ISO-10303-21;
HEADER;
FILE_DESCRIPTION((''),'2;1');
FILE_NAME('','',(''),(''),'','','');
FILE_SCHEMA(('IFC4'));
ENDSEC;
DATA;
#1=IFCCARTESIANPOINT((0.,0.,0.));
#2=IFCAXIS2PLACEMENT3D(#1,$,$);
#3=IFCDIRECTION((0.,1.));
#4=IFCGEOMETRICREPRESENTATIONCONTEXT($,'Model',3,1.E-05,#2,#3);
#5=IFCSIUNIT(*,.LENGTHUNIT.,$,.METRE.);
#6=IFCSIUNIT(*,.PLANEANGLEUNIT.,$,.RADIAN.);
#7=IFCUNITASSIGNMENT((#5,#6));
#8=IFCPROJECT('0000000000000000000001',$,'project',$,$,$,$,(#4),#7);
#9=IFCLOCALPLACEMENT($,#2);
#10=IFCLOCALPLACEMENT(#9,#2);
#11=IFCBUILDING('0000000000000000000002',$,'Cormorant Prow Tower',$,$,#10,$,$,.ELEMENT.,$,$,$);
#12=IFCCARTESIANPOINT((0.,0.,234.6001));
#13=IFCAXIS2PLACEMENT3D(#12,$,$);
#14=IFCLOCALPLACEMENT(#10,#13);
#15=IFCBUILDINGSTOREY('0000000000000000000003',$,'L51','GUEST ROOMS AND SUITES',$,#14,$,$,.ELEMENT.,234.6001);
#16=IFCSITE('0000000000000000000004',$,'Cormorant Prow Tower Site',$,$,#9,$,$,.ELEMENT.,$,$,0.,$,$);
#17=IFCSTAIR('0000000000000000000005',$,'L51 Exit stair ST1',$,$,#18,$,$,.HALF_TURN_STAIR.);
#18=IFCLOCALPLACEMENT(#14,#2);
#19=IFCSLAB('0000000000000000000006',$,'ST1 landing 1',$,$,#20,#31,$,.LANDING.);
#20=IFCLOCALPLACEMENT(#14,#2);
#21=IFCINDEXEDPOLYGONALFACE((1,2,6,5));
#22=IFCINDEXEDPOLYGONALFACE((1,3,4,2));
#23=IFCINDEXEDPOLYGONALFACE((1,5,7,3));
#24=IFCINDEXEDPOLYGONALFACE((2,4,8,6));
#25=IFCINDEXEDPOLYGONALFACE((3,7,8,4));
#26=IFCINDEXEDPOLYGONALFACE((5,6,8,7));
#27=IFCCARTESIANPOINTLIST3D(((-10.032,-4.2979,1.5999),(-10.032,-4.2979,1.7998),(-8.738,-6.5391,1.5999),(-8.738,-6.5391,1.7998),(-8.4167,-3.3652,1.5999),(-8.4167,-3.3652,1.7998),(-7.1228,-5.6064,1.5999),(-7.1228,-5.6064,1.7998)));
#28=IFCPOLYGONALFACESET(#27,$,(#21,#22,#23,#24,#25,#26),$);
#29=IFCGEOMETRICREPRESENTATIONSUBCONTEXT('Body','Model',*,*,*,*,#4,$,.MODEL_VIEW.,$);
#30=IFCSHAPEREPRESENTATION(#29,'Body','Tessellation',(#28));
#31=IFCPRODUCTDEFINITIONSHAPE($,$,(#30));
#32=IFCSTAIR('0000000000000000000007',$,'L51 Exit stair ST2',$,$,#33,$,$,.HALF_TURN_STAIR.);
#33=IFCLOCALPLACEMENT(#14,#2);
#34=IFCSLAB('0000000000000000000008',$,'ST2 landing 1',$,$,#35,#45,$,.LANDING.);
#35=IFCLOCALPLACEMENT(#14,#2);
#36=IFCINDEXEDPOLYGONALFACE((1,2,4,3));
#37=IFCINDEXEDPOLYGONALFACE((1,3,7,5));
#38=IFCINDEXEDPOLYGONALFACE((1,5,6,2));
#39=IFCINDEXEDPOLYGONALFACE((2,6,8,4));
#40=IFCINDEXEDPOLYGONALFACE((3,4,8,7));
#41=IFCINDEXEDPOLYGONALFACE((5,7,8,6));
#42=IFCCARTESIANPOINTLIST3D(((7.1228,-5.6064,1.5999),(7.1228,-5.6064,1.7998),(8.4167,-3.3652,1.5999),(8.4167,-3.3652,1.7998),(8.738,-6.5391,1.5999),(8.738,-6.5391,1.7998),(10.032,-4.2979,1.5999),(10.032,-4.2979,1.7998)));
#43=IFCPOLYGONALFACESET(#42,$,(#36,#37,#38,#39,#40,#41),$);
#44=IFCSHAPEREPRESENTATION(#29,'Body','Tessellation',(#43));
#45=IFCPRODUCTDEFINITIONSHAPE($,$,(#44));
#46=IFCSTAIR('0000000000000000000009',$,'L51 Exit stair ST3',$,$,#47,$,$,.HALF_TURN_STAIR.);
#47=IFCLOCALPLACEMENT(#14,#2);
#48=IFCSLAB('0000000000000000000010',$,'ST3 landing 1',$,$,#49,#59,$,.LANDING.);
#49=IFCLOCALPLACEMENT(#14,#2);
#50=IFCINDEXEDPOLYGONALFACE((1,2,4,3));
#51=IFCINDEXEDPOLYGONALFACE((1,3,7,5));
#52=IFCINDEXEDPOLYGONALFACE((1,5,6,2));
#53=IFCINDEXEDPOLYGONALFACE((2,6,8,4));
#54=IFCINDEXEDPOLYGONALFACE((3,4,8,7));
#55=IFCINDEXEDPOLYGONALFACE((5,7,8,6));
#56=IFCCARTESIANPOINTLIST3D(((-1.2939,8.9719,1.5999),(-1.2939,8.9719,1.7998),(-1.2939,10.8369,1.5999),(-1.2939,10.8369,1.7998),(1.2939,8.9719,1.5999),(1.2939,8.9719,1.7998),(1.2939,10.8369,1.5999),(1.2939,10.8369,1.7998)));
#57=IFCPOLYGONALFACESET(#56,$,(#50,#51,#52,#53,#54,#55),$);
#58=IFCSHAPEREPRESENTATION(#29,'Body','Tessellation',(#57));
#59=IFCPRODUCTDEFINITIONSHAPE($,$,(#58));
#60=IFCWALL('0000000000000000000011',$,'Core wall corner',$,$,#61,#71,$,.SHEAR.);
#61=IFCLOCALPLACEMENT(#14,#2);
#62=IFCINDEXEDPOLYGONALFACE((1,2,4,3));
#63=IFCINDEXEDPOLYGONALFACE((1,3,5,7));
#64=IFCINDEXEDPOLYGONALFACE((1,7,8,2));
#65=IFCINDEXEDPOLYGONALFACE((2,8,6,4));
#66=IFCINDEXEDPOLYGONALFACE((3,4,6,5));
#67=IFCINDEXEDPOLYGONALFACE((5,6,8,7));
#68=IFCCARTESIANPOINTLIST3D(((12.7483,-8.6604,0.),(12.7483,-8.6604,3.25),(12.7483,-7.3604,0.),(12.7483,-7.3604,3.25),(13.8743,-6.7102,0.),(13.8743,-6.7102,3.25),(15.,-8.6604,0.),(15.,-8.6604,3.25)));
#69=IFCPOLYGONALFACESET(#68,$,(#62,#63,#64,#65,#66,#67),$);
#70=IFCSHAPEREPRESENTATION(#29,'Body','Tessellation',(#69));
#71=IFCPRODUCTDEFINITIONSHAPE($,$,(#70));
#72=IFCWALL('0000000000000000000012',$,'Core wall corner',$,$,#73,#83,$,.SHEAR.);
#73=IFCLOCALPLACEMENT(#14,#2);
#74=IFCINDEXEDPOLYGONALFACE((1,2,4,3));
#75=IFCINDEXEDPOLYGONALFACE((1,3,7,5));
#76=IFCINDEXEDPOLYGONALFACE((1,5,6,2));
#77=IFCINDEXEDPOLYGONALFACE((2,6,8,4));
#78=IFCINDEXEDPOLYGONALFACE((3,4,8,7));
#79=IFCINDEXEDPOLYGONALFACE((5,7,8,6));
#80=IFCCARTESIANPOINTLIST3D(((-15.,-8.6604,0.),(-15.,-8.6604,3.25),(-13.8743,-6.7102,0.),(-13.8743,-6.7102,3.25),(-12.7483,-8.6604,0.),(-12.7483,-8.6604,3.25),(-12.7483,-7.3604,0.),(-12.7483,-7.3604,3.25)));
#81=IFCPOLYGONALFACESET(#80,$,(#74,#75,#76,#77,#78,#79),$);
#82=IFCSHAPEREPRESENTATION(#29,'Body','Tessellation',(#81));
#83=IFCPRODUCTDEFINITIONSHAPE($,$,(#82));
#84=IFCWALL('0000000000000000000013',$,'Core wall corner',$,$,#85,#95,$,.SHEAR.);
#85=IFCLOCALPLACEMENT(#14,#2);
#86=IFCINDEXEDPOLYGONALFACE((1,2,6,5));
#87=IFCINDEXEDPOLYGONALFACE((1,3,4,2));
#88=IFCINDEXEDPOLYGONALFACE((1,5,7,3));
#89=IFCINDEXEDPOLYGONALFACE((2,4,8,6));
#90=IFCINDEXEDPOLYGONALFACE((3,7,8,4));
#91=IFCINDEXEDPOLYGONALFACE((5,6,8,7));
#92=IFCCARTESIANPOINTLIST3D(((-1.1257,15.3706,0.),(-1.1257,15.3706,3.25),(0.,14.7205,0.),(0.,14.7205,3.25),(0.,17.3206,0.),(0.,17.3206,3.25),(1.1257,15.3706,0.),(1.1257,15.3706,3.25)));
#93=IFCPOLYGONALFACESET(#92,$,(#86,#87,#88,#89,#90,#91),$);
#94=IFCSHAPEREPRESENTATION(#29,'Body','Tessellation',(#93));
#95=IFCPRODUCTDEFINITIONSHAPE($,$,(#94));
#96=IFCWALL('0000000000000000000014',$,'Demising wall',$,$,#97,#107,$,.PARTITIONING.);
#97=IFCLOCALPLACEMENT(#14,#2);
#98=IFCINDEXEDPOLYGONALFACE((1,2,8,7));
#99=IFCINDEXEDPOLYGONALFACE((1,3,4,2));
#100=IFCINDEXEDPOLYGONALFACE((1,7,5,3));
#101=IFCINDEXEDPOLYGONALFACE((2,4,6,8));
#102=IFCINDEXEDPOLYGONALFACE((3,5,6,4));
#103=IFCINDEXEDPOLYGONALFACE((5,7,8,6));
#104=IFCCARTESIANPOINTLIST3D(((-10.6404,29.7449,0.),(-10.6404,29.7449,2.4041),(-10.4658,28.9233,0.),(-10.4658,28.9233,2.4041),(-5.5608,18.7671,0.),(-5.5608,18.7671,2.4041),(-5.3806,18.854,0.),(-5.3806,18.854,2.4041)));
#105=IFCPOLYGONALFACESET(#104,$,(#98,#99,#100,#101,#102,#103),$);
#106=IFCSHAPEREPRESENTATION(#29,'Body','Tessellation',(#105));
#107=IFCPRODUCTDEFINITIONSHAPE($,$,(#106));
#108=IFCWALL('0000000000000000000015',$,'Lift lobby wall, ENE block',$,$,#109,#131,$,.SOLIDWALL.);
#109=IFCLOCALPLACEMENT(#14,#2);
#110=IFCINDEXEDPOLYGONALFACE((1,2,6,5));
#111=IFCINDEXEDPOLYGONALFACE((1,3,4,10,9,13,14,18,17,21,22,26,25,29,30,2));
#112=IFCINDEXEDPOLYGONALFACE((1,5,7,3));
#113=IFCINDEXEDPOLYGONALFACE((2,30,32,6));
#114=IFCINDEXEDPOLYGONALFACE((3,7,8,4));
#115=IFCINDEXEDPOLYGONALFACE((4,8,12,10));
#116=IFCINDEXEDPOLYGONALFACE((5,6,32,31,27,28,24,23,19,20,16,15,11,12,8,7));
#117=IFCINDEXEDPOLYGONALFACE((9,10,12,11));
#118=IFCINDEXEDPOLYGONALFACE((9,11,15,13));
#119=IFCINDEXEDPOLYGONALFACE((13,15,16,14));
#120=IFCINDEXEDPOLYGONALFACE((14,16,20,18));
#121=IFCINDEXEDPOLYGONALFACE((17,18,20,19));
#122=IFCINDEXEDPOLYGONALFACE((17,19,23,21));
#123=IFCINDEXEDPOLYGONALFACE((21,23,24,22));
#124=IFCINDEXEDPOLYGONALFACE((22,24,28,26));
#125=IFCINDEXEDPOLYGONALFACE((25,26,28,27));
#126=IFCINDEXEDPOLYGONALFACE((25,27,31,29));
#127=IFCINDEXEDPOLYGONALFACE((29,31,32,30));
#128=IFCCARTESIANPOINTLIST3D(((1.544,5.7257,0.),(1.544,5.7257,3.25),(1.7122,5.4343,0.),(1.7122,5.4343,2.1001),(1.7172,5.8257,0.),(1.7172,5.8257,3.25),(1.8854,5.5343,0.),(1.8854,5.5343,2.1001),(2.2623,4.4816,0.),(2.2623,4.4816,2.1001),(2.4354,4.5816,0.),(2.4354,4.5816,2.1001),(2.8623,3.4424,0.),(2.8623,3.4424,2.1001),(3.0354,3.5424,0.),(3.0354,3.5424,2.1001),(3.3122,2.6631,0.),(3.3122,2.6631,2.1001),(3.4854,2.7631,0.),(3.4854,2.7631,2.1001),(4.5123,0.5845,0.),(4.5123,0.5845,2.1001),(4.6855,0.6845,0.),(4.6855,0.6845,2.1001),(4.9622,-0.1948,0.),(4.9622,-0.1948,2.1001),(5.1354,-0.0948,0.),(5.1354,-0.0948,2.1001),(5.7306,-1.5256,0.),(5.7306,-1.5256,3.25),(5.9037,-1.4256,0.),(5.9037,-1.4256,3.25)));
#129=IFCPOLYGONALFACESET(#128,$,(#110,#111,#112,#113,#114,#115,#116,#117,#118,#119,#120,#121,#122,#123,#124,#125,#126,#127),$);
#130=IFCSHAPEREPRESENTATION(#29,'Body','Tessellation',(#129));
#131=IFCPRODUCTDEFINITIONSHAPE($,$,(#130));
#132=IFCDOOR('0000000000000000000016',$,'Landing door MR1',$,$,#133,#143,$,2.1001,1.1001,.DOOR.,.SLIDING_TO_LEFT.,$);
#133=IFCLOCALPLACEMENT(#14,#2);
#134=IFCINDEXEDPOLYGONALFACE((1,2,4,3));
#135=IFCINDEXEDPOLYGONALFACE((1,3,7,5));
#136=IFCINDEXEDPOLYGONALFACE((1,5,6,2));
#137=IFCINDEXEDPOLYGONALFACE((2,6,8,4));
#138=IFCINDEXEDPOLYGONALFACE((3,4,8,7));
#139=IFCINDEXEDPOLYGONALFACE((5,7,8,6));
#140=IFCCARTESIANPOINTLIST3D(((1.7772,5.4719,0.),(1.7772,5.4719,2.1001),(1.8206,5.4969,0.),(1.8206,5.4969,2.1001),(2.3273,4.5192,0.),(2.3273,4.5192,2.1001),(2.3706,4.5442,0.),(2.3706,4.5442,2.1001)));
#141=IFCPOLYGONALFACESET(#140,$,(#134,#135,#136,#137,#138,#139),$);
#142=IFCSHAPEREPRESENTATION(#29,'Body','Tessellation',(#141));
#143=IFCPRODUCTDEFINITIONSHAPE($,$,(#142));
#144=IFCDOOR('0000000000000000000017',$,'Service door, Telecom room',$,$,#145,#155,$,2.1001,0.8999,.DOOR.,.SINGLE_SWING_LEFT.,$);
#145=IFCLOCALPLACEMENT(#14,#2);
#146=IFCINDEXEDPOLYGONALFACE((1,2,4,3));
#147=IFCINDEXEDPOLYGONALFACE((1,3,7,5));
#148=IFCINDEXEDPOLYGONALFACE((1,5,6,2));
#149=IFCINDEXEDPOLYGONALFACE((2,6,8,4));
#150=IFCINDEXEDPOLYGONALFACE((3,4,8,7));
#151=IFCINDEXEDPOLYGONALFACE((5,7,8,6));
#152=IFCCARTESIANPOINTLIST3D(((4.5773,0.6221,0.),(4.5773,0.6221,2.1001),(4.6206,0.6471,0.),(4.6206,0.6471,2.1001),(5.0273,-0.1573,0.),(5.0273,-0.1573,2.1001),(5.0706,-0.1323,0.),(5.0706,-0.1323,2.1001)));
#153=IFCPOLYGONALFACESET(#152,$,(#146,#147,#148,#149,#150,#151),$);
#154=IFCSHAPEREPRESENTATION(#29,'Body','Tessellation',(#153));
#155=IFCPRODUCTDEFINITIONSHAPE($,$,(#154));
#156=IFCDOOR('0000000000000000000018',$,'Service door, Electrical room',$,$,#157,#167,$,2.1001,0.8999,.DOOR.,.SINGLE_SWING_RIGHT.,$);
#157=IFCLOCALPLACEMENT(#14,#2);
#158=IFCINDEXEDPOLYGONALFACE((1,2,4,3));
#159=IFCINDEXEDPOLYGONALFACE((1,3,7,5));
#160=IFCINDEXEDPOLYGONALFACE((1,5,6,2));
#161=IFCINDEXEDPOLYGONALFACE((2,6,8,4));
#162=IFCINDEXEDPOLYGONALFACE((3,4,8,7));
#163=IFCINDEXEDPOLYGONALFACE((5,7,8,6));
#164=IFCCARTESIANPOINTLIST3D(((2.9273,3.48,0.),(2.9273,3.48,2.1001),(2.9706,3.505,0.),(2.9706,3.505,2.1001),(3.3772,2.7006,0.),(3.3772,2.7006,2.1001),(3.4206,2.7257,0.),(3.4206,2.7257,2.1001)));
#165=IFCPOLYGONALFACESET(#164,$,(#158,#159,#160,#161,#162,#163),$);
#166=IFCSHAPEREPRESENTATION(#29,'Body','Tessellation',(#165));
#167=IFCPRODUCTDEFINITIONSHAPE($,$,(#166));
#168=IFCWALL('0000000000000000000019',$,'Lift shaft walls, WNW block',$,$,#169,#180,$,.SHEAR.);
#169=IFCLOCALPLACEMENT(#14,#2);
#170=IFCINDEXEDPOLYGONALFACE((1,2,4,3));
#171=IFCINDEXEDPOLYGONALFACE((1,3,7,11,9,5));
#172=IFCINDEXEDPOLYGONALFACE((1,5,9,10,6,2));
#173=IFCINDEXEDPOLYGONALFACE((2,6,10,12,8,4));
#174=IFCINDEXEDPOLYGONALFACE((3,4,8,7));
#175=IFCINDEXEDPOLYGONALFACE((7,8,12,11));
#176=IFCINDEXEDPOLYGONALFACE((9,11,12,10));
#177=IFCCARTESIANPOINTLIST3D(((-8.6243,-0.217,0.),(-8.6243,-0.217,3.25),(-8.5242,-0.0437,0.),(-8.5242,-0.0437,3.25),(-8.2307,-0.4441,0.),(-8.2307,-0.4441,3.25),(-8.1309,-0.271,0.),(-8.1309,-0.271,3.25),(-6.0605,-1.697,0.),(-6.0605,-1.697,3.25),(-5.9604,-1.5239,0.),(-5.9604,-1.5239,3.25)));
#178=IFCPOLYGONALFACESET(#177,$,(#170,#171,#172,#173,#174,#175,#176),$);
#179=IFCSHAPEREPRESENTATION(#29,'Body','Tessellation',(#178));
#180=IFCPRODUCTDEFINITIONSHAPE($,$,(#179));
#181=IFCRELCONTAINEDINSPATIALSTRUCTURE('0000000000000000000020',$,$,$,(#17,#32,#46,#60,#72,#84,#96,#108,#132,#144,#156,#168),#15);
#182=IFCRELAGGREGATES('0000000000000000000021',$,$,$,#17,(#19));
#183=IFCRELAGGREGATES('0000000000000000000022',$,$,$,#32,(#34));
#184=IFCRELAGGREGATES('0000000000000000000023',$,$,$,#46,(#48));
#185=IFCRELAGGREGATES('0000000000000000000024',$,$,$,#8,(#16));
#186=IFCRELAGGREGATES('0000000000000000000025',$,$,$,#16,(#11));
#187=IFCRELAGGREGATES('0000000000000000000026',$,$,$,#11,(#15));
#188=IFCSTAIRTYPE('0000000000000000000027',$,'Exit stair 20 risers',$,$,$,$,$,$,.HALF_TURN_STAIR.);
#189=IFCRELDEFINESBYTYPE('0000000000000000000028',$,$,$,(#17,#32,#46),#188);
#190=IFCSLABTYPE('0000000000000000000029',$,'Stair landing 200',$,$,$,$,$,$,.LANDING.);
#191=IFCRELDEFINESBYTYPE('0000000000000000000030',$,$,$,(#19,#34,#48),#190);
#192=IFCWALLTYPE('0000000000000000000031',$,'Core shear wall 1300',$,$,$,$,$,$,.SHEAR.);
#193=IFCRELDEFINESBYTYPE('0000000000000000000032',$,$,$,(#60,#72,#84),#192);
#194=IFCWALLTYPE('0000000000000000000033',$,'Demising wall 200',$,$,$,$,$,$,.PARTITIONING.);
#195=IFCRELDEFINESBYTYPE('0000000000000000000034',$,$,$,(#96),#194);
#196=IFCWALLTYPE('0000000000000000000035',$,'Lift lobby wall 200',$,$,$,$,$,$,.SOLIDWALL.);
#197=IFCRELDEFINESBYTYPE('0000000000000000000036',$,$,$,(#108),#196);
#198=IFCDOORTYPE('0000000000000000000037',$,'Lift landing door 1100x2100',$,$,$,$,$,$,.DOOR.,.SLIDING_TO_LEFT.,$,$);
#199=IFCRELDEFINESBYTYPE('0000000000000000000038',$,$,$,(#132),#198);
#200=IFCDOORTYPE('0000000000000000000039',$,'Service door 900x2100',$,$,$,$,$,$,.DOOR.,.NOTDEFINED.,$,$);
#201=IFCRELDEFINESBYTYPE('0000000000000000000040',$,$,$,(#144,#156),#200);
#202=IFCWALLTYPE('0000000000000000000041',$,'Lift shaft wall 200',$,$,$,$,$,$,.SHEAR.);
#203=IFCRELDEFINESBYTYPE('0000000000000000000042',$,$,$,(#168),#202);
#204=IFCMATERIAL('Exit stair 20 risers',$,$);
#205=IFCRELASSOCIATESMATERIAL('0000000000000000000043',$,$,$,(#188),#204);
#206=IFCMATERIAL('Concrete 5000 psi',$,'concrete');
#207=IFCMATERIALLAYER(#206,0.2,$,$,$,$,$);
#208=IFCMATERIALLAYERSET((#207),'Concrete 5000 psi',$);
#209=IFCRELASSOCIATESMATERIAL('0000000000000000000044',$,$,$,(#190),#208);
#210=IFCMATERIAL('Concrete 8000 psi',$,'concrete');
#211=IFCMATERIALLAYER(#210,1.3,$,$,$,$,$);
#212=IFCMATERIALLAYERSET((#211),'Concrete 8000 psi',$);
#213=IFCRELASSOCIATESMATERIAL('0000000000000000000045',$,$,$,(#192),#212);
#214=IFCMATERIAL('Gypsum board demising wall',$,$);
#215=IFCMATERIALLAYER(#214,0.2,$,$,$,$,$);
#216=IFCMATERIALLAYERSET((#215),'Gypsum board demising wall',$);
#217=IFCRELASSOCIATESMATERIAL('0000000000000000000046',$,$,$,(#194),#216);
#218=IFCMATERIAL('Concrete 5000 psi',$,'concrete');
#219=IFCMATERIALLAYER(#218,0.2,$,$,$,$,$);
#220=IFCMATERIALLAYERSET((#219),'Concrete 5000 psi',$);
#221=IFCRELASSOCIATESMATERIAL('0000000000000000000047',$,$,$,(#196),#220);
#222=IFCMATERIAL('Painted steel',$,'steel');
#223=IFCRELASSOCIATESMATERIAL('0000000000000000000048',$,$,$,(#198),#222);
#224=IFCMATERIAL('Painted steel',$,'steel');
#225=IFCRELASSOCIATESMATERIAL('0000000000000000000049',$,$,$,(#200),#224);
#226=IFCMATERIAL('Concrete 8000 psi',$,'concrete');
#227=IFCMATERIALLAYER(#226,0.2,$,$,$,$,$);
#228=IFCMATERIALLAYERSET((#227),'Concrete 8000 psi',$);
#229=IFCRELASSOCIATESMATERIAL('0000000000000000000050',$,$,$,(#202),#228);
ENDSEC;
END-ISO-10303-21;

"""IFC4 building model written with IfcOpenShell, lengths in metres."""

from ifc_helpers import new_model, si_unit, direction, frame, frame_2d, origin, place, context, subcontext, project, spatial, polyline, rectangle, outline, extrude, material, layer, layer_set, type_object, element, fill, aggregate, save


model = new_model("IFC4")

# Units and contexts
model_context = context("Model", 3, precision=1e-05, world=origin(), true_north=direction((0.0, 1.0)))
body_context = subcontext(model_context, "Body", "Model", "MODEL_VIEW")
ifc_project = project(units=[si_unit("LENGTHUNIT", "METRE"), si_unit("PLANEANGLEUNIT", "RADIAN")], contexts=[model_context])

# Site, building, storey
site_placement = place(None, origin())
site = spatial("IfcSite", under=ifc_project, at=site_placement, Name="Cormorant Prow Tower Site", CompositionType="ELEMENT", RefElevation=0.0)
building_placement = place(site_placement, origin())
building = spatial("IfcBuilding", under=site, at=building_placement, Name="Cormorant Prow Tower", CompositionType="ELEMENT")
storey_placement = place(building_placement, frame((0.0, 0.0, 234.6001)))
storey = spatial("IfcBuildingStorey", under=building, at=storey_placement, Name="L51", Description="GUEST ROOMS AND SUITES", CompositionType="ELEMENT", Elevation=234.6001)

# Stairs, slabs
ifc_material_1 = material(Name="Exit stair 20 risers")
stair_type = type_object("IfcStairType", Name="Exit stair 20 risers", PredefinedType="HALF_TURN_STAIR", material=ifc_material_1)
stair_1_placement = place(storey_placement, origin())
stair_1 = element("IfcStair", 1, at=stair_1_placement, inside=storey, type_object=stair_type, Name="L51 Exit stair ST1", PredefinedType="HALF_TURN_STAIR")
ifc_material_2 = material(Name="Concrete 5000 psi", Category="concrete")
ifc_layer_1 = layer(ifc_material_2, 0.2)
ifc_layer_set_1 = layer_set([ifc_layer_1], Name="Concrete 5000 psi")
slab_type = type_object("IfcSlabType", Name="Stair landing 200", PredefinedType="LANDING", material=ifc_layer_set_1)
slab_1_placement = place(storey_placement, frame((0.0, 0.0, 1.5999)))
slab_1 = element("IfcSlab", 2, at=slab_1_placement, type_object=slab_type, Name="ST1 landing 1", PredefinedType="LANDING", context=body_context, shape_type="SweptSolid", body=[
    extrude(outline(polyline([(-8.4167, -3.3652), (-10.032, -4.2979), (-8.738, -6.5391), (-7.1228, -5.6064), (-8.4167, -3.3652)])), origin(), (0.0, 0.0, 1.0), 0.2),
])
aggregate(stair_1, [slab_1])
stair_2_placement = place(storey_placement, origin())
stair_2 = element("IfcStair", 3, at=stair_2_placement, inside=storey, type_object=stair_type, Name="L51 Exit stair ST2", PredefinedType="HALF_TURN_STAIR")
slab_2_placement = place(storey_placement, frame((0.0, 0.0, 1.5999)))
slab_2 = element("IfcSlab", 4, at=slab_2_placement, type_object=slab_type, Name="ST2 landing 1", PredefinedType="LANDING", context=body_context, shape_type="SweptSolid", body=[
    extrude(outline(polyline([(7.1228, -5.6064), (8.738, -6.5391), (10.032, -4.2979), (8.4167, -3.3652), (7.1228, -5.6064)])), origin(), (0.0, 0.0, 1.0), 0.2),
])
aggregate(stair_2, [slab_2])
stair_3_placement = place(storey_placement, origin())
stair_3 = element("IfcStair", 5, at=stair_3_placement, inside=storey, type_object=stair_type, Name="L51 Exit stair ST3", PredefinedType="HALF_TURN_STAIR")
slab_3_placement = place(storey_placement, frame((0.0, 0.0, 1.5999)))
slab_3 = element("IfcSlab", 6, at=slab_3_placement, type_object=slab_type, Name="ST3 landing 1", PredefinedType="LANDING", context=body_context, shape_type="SweptSolid", body=[
    extrude(outline(polyline([(1.2939, 8.9719), (1.2939, 10.8369), (-1.2939, 10.8369), (-1.2939, 8.9719), (1.2939, 8.9719)])), origin(), (0.0, 0.0, 1.0), 0.2),
])

# Walls
ifc_material_3 = material(Name="Concrete 8000 psi", Category="concrete")
ifc_layer_2 = layer(ifc_material_3, 1.3)
ifc_layer_set_2 = layer_set([ifc_layer_2], Name="Concrete 8000 psi")
wall_type_1 = type_object("IfcWallType", Name="Core shear wall 1300", PredefinedType="SHEAR", material=ifc_layer_set_2)
wall_1_placement = place(storey_placement, origin())
element("IfcWall", 7, at=wall_1_placement, inside=storey, type_object=wall_type_1, Name="Core wall corner", PredefinedType="SHEAR", context=body_context, shape_type="SweptSolid", body=[
    extrude(outline(polyline([(12.7483, -8.6604), (12.7483, -7.3604), (13.8743, -6.7102), (15.0, -8.6604), (12.7483, -8.6604)])), origin(), (0.0, 0.0, 1.0), 3.25),
])
wall_2_placement = place(storey_placement, origin())
element("IfcWall", 8, at=wall_2_placement, inside=storey, type_object=wall_type_1, Name="Core wall corner", PredefinedType="SHEAR", context=body_context, shape_type="SweptSolid", body=[
    extrude(outline(polyline([(-13.8743, -6.7102), (-12.7483, -7.3604), (-12.7483, -8.6604), (-15.0, -8.6604), (-13.8743, -6.7102)])), origin(), (0.0, 0.0, 1.0), 3.25),
])
wall_3_placement = place(storey_placement, origin())
element("IfcWall", 9, at=wall_3_placement, inside=storey, type_object=wall_type_1, Name="Core wall corner", PredefinedType="SHEAR", context=body_context, shape_type="SweptSolid", body=[
    extrude(outline(polyline([(-1.1257, 15.3706), (0.0, 17.3206), (1.1257, 15.3706), (0.0, 14.7205), (-1.1257, 15.3706)])), origin(), (0.0, 0.0, 1.0), 3.25),
])
ifc_material_4 = material(Name="Gypsum board demising wall")
ifc_layer_3 = layer(ifc_material_4, 0.2)
ifc_layer_set_3 = layer_set([ifc_layer_3], Name="Gypsum board demising wall")
wall_type_2 = type_object("IfcWallType", Name="Demising wall 200", PredefinedType="PARTITIONING", material=ifc_layer_set_3)
wall_4_placement = place(storey_placement, origin())
element("IfcWall", 10, at=wall_4_placement, inside=storey, type_object=wall_type_2, Name="Demising wall", PredefinedType="PARTITIONING", context=body_context, shape_type="SweptSolid", body=[
    extrude(outline(polyline([(-5.5608, 18.7671), (-10.4658, 28.9233), (-10.6404, 29.7449), (-5.3806, 18.854), (-5.5608, 18.7671)])), origin(), (0.0, 0.0, 1.0), 2.4041),
])

# Wall, openings, doors
ifc_material_5 = material(Name="Concrete 5000 psi", Category="concrete")
ifc_layer_4 = layer(ifc_material_5, 0.2)
ifc_layer_set_4 = layer_set([ifc_layer_4], Name="Concrete 5000 psi")
wall_type_3 = type_object("IfcWallType", Name="Lift lobby wall 200", PredefinedType="SOLIDWALL", material=ifc_layer_set_4)
wall_5_placement = place(storey_placement, frame((5.8171, -1.4756, 0.0), z_axis=(0.0, 0.0, 1.0), x_axis=(-0.500003, 0.866024, 0.0)))
wall_5 = element("IfcWall", 11, at=wall_5_placement, inside=storey, type_object=wall_type_3, Name="Lift lobby wall, ENE block", PredefinedType="SOLIDWALL", context=body_context, shape_type="SweptSolid", body=[
    extrude(rectangle(XDim=8.373, YDim=0.2, at=frame_2d((4.1865, 0.0))), origin(), (0.0, 0.0, 1.0), 3.25),
])
opening_1_placement = place(wall_5_placement, frame((1.5366, 0.0, 0.0)))
opening_1 = element("IfcOpeningElement", 12, at=opening_1_placement, cuts=wall_5, PredefinedType="OPENING", context=body_context, shape_type="SweptSolid", body=[
    extrude(rectangle(XDim=0.8999, YDim=2.1001, at=frame_2d((0.45, 1.05))), frame((0.0, 0.1099, 0.0), z_axis=(0.0, -1.0, 0.0), x_axis=(1.0, 0.0, 0.0)), (0.0, 0.0, 1.0), 0.22),
])
opening_2_placement = place(wall_5_placement, frame((4.8367, 0.0, 0.0)))
opening_2 = element("IfcOpeningElement", 13, at=opening_2_placement, cuts=wall_5, PredefinedType="OPENING", context=body_context, shape_type="SweptSolid", body=[
    extrude(rectangle(XDim=0.8999, YDim=2.1001, at=frame_2d((0.45, 1.05))), frame((0.0, 0.1099, 0.0), z_axis=(0.0, -1.0, 0.0), x_axis=(1.0, 0.0, 0.0)), (0.0, 0.0, 1.0), 0.22),
])
opening_3_placement = place(wall_5_placement, frame((6.9365, 0.0, 0.0)))
opening_3 = element("IfcOpeningElement", 14, at=opening_3_placement, cuts=wall_5, PredefinedType="OPENING", context=body_context, shape_type="SweptSolid", body=[
    extrude(rectangle(XDim=1.1001, YDim=2.1001, at=frame_2d((0.55, 1.05))), frame((0.0, 0.1099, 0.0), z_axis=(0.0, -1.0, 0.0), x_axis=(1.0, 0.0, 0.0)), (0.0, 0.0, 1.0), 0.22),
])
ifc_material_6 = material(Name="Painted steel", Category="steel")
door_type_1 = type_object("IfcDoorType", Name="Lift landing door 1100x2100", OperationType="SLIDING_TO_LEFT", PredefinedType="DOOR", material=ifc_material_6)
door_1_placement = place(opening_3_placement, origin())
door_1 = element("IfcDoor", 15, at=door_1_placement, inside=storey, type_object=door_type_1, Name="Landing door MR1", OperationType="SLIDING_TO_LEFT", OverallHeight=2.1001, OverallWidth=1.1001, PredefinedType="DOOR", context=body_context, shape_type="SweptSolid", body=[
    extrude(rectangle(XDim=1.1001, YDim=2.1001, at=frame_2d((0.55, 1.05))), frame((0.0, 0.0249, 0.0), z_axis=(0.0, -1.0, 0.0), x_axis=(1.0, 0.0, 0.0)), (0.0, 0.0, 1.0), 0.05),
])
fill(opening_3, door_1)
ifc_material_7 = material(Name="Painted steel", Category="steel")
door_type_2 = type_object("IfcDoorType", Name="Service door 900x2100", OperationType="NOTDEFINED", PredefinedType="DOOR", material=ifc_material_7)
door_2_placement = place(opening_1_placement, origin())
door_2 = element("IfcDoor", 16, at=door_2_placement, inside=storey, type_object=door_type_2, Name="Service door, Telecom room", OperationType="SINGLE_SWING_LEFT", OverallHeight=2.1001, OverallWidth=0.8999, PredefinedType="DOOR", context=body_context, shape_type="SweptSolid", body=[
    extrude(rectangle(XDim=0.8999, YDim=2.1001, at=frame_2d((0.45, 1.05))), frame((0.0, 0.0249, 0.0), z_axis=(0.0, -1.0, 0.0), x_axis=(1.0, 0.0, 0.0)), (0.0, 0.0, 1.0), 0.05),
])
fill(opening_1, door_2)
door_3_placement = place(opening_2_placement, origin())
door_3 = element("IfcDoor", 17, at=door_3_placement, inside=storey, type_object=door_type_2, Name="Service door, Electrical room", OperationType="SINGLE_SWING_RIGHT", OverallHeight=2.1001, OverallWidth=0.8999, PredefinedType="DOOR", context=body_context, shape_type="SweptSolid", body=[
    extrude(rectangle(XDim=0.8999, YDim=2.1001, at=frame_2d((0.45, 1.05))), frame((0.0, 0.0249, 0.0), z_axis=(0.0, -1.0, 0.0), x_axis=(1.0, 0.0, 0.0)), (0.0, 0.0, 1.0), 0.05),
])
fill(opening_2, door_3)

# Wall
ifc_material_8 = material(Name="Concrete 8000 psi", Category="concrete")
ifc_layer_5 = layer(ifc_material_8, 0.2)
ifc_layer_set_5 = layer_set([ifc_layer_5], Name="Concrete 8000 psi")
wall_type_4 = type_object("IfcWallType", Name="Lift shaft wall 200", PredefinedType="SHEAR", material=ifc_layer_set_5)
wall_6_placement = place(storey_placement, origin())
element("IfcWall", 18, at=wall_6_placement, inside=storey, type_object=wall_type_4, Name="Lift shaft walls, WNW block", PredefinedType="SHEAR", context=body_context, shape_type="SweptSolid", body=[
    extrude(outline(polyline([(-8.5242, -0.0437), (-8.1309, -0.271), (-5.9604, -1.5239), (-6.0605, -1.697), (-8.2307, -0.4441), (-8.6243, -0.217), (-8.5242, -0.0437)])), origin(), (0.0, 0.0, 1.0), 3.25),
])

aggregate(stair_3, [slab_3])

save(model, "model.ifc")
